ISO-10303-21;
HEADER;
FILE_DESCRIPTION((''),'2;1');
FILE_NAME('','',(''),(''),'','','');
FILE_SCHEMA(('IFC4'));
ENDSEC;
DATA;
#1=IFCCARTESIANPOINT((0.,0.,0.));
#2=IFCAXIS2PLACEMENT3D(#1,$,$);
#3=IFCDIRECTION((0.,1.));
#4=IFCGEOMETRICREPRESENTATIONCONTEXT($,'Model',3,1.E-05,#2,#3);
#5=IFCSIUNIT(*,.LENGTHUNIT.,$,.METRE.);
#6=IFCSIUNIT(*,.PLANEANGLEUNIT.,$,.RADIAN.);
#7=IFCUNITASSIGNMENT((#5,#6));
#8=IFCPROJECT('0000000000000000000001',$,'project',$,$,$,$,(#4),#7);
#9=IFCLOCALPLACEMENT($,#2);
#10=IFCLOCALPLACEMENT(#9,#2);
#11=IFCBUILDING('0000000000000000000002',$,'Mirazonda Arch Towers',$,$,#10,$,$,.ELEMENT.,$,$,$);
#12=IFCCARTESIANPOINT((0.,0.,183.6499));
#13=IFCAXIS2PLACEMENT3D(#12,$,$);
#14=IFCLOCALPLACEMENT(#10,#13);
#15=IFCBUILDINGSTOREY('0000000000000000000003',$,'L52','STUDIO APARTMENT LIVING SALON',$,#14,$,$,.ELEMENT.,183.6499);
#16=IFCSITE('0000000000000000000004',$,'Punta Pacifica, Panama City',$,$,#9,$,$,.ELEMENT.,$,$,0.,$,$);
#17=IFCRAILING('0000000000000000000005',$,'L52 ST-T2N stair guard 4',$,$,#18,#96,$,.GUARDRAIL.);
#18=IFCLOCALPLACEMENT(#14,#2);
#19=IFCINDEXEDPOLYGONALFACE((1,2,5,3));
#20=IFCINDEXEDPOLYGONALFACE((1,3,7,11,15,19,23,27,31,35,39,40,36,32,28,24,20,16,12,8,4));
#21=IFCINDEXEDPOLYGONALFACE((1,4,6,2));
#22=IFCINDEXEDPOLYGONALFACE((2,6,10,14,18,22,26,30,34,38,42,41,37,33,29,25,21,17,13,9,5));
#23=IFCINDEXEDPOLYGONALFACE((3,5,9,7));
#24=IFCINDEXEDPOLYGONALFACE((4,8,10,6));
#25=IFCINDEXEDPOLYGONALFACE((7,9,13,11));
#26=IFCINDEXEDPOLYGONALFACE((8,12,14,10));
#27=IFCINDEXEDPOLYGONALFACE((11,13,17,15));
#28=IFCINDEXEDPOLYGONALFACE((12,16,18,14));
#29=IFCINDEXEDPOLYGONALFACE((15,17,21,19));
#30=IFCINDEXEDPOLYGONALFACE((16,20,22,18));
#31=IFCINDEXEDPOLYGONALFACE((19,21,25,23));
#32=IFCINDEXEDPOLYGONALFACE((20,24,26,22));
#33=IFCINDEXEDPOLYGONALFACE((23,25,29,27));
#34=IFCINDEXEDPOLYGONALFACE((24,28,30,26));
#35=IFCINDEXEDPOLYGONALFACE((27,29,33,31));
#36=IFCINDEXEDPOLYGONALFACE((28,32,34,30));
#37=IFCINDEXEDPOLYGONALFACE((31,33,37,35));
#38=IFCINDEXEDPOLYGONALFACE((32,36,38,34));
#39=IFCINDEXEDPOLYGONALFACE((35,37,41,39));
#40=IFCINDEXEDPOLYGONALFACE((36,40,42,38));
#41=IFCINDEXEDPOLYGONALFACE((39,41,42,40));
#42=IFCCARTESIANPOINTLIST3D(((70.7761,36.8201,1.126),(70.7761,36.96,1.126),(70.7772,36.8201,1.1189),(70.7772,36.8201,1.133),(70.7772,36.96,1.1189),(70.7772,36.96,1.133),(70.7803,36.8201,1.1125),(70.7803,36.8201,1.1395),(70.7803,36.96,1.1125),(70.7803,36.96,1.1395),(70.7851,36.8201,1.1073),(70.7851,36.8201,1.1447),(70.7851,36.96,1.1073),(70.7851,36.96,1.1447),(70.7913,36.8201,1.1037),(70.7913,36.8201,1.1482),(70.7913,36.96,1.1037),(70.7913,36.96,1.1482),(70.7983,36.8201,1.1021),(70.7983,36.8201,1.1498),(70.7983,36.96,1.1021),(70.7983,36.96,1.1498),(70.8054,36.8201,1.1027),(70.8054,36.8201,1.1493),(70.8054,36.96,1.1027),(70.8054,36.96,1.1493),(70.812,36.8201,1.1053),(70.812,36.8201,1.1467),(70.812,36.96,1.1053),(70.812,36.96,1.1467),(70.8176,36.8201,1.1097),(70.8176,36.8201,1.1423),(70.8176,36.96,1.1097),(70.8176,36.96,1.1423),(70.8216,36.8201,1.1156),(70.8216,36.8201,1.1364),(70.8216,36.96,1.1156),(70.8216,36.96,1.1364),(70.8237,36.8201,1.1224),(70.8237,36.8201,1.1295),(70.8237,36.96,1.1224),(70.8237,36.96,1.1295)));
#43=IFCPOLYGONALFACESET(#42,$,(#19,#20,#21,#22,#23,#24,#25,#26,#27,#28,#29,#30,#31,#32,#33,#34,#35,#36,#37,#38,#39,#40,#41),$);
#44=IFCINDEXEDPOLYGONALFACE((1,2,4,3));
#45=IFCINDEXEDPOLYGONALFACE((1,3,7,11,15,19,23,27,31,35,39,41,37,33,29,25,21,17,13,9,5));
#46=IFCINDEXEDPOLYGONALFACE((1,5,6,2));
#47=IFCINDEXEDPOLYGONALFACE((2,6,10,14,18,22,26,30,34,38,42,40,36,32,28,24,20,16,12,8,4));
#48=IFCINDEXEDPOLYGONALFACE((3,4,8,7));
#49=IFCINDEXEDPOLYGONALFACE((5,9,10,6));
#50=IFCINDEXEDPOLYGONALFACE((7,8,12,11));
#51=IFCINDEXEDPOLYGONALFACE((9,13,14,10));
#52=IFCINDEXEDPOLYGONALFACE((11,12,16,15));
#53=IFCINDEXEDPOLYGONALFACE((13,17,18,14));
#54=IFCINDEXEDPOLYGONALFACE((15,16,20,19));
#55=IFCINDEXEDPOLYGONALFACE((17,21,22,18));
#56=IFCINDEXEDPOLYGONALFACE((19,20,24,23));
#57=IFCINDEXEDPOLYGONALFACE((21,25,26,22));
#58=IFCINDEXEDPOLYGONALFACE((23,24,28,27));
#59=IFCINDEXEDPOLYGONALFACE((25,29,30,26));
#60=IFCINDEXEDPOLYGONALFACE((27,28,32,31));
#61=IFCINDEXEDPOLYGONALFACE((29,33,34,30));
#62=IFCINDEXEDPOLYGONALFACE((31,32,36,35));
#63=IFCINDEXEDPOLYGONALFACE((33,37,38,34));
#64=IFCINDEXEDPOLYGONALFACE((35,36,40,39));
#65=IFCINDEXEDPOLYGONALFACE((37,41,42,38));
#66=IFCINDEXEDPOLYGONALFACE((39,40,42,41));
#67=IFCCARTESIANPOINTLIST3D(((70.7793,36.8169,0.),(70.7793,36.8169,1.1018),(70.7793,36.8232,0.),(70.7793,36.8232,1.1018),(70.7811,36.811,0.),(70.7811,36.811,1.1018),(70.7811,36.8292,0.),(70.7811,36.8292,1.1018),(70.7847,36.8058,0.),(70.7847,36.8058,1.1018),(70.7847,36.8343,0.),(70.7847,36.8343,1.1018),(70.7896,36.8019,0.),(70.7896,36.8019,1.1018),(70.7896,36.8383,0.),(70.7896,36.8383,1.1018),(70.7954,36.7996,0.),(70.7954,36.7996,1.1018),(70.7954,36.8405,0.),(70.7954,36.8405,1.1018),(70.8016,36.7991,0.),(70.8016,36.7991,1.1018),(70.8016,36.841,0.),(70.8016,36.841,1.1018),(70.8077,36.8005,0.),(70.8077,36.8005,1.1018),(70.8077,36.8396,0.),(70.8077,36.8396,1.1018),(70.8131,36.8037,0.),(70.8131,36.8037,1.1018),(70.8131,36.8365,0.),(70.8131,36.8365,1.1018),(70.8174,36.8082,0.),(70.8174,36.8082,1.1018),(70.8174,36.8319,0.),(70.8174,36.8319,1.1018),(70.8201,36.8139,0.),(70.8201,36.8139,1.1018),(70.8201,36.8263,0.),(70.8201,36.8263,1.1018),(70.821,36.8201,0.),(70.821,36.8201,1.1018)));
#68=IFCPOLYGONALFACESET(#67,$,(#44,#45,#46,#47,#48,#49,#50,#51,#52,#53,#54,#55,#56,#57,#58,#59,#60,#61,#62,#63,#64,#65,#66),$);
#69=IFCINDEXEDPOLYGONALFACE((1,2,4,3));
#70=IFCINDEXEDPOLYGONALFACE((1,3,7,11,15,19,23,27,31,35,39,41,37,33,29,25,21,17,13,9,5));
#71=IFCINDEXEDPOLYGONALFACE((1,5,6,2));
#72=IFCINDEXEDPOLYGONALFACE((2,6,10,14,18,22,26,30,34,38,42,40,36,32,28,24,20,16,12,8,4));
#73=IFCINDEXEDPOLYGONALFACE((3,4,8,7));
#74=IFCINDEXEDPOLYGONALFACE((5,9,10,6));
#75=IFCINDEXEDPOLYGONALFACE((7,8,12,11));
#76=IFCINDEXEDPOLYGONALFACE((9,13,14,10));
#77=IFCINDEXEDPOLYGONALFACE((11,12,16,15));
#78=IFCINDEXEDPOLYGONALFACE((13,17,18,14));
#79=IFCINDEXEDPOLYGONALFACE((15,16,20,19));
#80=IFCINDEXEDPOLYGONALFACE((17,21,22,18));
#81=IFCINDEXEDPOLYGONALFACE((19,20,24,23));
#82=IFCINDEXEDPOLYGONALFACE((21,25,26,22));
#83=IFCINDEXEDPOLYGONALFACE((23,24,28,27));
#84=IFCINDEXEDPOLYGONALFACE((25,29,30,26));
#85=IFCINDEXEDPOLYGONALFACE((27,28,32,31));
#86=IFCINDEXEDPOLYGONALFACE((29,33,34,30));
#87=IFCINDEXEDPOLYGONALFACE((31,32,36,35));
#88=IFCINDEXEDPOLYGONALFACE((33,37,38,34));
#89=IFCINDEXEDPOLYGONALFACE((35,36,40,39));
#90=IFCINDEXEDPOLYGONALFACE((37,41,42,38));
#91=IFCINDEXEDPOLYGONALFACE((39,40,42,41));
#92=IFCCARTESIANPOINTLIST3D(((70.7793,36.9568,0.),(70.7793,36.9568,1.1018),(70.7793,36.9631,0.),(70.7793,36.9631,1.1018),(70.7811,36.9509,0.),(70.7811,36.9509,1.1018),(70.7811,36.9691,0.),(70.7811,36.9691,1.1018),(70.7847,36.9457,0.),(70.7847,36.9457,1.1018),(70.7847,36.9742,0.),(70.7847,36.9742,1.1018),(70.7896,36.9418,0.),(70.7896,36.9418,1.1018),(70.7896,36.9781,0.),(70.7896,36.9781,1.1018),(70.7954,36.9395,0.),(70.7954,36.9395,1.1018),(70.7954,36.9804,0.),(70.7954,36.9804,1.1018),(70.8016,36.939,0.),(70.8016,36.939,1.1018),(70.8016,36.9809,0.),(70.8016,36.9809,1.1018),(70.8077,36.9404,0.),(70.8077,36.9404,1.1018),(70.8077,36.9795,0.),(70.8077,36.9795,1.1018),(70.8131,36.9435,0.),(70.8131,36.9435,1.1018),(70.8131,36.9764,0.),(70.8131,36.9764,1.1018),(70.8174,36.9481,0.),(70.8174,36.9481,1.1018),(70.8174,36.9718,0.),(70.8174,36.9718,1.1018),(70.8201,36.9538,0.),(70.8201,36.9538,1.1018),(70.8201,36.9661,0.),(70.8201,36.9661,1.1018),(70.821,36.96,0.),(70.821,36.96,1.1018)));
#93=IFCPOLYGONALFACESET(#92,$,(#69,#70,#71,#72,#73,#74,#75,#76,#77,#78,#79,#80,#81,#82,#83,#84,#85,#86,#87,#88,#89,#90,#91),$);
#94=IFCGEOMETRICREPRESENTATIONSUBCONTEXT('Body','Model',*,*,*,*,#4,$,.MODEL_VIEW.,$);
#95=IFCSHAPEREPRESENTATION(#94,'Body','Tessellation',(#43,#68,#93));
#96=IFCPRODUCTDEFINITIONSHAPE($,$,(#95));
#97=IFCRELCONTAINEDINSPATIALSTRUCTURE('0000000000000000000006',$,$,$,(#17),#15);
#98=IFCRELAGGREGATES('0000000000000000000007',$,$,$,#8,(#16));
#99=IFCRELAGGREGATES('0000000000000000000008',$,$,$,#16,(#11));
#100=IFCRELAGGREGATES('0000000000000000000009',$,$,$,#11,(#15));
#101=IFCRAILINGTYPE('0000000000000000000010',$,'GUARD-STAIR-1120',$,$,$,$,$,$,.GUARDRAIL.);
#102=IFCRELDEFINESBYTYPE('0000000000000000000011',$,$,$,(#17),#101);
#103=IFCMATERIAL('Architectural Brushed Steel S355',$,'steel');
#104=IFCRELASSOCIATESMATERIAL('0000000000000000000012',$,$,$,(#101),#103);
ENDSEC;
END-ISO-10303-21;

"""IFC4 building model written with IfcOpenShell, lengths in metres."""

from ifc_helpers import new_model, si_unit, direction, frame, origin, origin_2d, place, context, subcontext, project, spatial, circle, extrude, material, type_object, element, save


model = new_model("IFC4")

# Units and contexts
model_context = context("Model", 3, precision=1e-05, world=origin(), true_north=direction((0.0, 1.0)))
body_context = subcontext(model_context, "Body", "Model", "MODEL_VIEW")
ifc_project = project(units=[si_unit("LENGTHUNIT", "METRE"), si_unit("PLANEANGLEUNIT", "RADIAN")], contexts=[model_context])

# Site, building, storey
site_placement = place(None, origin())
site = spatial("IfcSite", under=ifc_project, at=site_placement, Name="Punta Pacifica, Panama City", CompositionType="ELEMENT", RefElevation=0.0)
building_placement = place(site_placement, origin())
building = spatial("IfcBuilding", under=site, at=building_placement, Name="Mirazonda Arch Towers", CompositionType="ELEMENT")
storey_placement = place(building_placement, frame((0.0, 0.0, 183.6499)))
storey = spatial("IfcBuildingStorey", under=building, at=storey_placement, Name="L52", Description="STUDIO APARTMENT LIVING SALON", CompositionType="ELEMENT", Elevation=183.6499)

# Railing
ifc_material_1 = material(Name="Architectural Brushed Steel S355", Category="steel")
railing_type_1 = type_object("IfcRailingType", Name="GUARD-STAIR-1120", PredefinedType="GUARDRAIL", material=ifc_material_1)
railing_1_placement = place(storey_placement, frame((70.8, 36.8201, 0.0)))
element("IfcRailing", 1, at=railing_1_placement, inside=storey, type_object=railing_type_1, Name="L52 ST-T2N stair guard 4", PredefinedType="GUARDRAIL", context=body_context, shape_type="SweptSolid", body=[
    extrude(circle(Radius=0.0239, at=origin_2d()), frame((0.0, 0.0, 1.126), z_axis=(0.0, 1.0, 0.0), x_axis=(-1.0, 0.0, 0.0)), (0.0, 0.0, 1.0), 0.1399),
    extrude(circle(Radius=0.021, at=origin_2d()), origin(), (0.0, 0.0, 1.0), 1.1018),
    extrude(circle(Radius=0.021, at=origin_2d()), frame((0.0, 0.1399, 0.0)), (0.0, 0.0, 1.0), 1.1018),
])

save(model, "model.ifc")
